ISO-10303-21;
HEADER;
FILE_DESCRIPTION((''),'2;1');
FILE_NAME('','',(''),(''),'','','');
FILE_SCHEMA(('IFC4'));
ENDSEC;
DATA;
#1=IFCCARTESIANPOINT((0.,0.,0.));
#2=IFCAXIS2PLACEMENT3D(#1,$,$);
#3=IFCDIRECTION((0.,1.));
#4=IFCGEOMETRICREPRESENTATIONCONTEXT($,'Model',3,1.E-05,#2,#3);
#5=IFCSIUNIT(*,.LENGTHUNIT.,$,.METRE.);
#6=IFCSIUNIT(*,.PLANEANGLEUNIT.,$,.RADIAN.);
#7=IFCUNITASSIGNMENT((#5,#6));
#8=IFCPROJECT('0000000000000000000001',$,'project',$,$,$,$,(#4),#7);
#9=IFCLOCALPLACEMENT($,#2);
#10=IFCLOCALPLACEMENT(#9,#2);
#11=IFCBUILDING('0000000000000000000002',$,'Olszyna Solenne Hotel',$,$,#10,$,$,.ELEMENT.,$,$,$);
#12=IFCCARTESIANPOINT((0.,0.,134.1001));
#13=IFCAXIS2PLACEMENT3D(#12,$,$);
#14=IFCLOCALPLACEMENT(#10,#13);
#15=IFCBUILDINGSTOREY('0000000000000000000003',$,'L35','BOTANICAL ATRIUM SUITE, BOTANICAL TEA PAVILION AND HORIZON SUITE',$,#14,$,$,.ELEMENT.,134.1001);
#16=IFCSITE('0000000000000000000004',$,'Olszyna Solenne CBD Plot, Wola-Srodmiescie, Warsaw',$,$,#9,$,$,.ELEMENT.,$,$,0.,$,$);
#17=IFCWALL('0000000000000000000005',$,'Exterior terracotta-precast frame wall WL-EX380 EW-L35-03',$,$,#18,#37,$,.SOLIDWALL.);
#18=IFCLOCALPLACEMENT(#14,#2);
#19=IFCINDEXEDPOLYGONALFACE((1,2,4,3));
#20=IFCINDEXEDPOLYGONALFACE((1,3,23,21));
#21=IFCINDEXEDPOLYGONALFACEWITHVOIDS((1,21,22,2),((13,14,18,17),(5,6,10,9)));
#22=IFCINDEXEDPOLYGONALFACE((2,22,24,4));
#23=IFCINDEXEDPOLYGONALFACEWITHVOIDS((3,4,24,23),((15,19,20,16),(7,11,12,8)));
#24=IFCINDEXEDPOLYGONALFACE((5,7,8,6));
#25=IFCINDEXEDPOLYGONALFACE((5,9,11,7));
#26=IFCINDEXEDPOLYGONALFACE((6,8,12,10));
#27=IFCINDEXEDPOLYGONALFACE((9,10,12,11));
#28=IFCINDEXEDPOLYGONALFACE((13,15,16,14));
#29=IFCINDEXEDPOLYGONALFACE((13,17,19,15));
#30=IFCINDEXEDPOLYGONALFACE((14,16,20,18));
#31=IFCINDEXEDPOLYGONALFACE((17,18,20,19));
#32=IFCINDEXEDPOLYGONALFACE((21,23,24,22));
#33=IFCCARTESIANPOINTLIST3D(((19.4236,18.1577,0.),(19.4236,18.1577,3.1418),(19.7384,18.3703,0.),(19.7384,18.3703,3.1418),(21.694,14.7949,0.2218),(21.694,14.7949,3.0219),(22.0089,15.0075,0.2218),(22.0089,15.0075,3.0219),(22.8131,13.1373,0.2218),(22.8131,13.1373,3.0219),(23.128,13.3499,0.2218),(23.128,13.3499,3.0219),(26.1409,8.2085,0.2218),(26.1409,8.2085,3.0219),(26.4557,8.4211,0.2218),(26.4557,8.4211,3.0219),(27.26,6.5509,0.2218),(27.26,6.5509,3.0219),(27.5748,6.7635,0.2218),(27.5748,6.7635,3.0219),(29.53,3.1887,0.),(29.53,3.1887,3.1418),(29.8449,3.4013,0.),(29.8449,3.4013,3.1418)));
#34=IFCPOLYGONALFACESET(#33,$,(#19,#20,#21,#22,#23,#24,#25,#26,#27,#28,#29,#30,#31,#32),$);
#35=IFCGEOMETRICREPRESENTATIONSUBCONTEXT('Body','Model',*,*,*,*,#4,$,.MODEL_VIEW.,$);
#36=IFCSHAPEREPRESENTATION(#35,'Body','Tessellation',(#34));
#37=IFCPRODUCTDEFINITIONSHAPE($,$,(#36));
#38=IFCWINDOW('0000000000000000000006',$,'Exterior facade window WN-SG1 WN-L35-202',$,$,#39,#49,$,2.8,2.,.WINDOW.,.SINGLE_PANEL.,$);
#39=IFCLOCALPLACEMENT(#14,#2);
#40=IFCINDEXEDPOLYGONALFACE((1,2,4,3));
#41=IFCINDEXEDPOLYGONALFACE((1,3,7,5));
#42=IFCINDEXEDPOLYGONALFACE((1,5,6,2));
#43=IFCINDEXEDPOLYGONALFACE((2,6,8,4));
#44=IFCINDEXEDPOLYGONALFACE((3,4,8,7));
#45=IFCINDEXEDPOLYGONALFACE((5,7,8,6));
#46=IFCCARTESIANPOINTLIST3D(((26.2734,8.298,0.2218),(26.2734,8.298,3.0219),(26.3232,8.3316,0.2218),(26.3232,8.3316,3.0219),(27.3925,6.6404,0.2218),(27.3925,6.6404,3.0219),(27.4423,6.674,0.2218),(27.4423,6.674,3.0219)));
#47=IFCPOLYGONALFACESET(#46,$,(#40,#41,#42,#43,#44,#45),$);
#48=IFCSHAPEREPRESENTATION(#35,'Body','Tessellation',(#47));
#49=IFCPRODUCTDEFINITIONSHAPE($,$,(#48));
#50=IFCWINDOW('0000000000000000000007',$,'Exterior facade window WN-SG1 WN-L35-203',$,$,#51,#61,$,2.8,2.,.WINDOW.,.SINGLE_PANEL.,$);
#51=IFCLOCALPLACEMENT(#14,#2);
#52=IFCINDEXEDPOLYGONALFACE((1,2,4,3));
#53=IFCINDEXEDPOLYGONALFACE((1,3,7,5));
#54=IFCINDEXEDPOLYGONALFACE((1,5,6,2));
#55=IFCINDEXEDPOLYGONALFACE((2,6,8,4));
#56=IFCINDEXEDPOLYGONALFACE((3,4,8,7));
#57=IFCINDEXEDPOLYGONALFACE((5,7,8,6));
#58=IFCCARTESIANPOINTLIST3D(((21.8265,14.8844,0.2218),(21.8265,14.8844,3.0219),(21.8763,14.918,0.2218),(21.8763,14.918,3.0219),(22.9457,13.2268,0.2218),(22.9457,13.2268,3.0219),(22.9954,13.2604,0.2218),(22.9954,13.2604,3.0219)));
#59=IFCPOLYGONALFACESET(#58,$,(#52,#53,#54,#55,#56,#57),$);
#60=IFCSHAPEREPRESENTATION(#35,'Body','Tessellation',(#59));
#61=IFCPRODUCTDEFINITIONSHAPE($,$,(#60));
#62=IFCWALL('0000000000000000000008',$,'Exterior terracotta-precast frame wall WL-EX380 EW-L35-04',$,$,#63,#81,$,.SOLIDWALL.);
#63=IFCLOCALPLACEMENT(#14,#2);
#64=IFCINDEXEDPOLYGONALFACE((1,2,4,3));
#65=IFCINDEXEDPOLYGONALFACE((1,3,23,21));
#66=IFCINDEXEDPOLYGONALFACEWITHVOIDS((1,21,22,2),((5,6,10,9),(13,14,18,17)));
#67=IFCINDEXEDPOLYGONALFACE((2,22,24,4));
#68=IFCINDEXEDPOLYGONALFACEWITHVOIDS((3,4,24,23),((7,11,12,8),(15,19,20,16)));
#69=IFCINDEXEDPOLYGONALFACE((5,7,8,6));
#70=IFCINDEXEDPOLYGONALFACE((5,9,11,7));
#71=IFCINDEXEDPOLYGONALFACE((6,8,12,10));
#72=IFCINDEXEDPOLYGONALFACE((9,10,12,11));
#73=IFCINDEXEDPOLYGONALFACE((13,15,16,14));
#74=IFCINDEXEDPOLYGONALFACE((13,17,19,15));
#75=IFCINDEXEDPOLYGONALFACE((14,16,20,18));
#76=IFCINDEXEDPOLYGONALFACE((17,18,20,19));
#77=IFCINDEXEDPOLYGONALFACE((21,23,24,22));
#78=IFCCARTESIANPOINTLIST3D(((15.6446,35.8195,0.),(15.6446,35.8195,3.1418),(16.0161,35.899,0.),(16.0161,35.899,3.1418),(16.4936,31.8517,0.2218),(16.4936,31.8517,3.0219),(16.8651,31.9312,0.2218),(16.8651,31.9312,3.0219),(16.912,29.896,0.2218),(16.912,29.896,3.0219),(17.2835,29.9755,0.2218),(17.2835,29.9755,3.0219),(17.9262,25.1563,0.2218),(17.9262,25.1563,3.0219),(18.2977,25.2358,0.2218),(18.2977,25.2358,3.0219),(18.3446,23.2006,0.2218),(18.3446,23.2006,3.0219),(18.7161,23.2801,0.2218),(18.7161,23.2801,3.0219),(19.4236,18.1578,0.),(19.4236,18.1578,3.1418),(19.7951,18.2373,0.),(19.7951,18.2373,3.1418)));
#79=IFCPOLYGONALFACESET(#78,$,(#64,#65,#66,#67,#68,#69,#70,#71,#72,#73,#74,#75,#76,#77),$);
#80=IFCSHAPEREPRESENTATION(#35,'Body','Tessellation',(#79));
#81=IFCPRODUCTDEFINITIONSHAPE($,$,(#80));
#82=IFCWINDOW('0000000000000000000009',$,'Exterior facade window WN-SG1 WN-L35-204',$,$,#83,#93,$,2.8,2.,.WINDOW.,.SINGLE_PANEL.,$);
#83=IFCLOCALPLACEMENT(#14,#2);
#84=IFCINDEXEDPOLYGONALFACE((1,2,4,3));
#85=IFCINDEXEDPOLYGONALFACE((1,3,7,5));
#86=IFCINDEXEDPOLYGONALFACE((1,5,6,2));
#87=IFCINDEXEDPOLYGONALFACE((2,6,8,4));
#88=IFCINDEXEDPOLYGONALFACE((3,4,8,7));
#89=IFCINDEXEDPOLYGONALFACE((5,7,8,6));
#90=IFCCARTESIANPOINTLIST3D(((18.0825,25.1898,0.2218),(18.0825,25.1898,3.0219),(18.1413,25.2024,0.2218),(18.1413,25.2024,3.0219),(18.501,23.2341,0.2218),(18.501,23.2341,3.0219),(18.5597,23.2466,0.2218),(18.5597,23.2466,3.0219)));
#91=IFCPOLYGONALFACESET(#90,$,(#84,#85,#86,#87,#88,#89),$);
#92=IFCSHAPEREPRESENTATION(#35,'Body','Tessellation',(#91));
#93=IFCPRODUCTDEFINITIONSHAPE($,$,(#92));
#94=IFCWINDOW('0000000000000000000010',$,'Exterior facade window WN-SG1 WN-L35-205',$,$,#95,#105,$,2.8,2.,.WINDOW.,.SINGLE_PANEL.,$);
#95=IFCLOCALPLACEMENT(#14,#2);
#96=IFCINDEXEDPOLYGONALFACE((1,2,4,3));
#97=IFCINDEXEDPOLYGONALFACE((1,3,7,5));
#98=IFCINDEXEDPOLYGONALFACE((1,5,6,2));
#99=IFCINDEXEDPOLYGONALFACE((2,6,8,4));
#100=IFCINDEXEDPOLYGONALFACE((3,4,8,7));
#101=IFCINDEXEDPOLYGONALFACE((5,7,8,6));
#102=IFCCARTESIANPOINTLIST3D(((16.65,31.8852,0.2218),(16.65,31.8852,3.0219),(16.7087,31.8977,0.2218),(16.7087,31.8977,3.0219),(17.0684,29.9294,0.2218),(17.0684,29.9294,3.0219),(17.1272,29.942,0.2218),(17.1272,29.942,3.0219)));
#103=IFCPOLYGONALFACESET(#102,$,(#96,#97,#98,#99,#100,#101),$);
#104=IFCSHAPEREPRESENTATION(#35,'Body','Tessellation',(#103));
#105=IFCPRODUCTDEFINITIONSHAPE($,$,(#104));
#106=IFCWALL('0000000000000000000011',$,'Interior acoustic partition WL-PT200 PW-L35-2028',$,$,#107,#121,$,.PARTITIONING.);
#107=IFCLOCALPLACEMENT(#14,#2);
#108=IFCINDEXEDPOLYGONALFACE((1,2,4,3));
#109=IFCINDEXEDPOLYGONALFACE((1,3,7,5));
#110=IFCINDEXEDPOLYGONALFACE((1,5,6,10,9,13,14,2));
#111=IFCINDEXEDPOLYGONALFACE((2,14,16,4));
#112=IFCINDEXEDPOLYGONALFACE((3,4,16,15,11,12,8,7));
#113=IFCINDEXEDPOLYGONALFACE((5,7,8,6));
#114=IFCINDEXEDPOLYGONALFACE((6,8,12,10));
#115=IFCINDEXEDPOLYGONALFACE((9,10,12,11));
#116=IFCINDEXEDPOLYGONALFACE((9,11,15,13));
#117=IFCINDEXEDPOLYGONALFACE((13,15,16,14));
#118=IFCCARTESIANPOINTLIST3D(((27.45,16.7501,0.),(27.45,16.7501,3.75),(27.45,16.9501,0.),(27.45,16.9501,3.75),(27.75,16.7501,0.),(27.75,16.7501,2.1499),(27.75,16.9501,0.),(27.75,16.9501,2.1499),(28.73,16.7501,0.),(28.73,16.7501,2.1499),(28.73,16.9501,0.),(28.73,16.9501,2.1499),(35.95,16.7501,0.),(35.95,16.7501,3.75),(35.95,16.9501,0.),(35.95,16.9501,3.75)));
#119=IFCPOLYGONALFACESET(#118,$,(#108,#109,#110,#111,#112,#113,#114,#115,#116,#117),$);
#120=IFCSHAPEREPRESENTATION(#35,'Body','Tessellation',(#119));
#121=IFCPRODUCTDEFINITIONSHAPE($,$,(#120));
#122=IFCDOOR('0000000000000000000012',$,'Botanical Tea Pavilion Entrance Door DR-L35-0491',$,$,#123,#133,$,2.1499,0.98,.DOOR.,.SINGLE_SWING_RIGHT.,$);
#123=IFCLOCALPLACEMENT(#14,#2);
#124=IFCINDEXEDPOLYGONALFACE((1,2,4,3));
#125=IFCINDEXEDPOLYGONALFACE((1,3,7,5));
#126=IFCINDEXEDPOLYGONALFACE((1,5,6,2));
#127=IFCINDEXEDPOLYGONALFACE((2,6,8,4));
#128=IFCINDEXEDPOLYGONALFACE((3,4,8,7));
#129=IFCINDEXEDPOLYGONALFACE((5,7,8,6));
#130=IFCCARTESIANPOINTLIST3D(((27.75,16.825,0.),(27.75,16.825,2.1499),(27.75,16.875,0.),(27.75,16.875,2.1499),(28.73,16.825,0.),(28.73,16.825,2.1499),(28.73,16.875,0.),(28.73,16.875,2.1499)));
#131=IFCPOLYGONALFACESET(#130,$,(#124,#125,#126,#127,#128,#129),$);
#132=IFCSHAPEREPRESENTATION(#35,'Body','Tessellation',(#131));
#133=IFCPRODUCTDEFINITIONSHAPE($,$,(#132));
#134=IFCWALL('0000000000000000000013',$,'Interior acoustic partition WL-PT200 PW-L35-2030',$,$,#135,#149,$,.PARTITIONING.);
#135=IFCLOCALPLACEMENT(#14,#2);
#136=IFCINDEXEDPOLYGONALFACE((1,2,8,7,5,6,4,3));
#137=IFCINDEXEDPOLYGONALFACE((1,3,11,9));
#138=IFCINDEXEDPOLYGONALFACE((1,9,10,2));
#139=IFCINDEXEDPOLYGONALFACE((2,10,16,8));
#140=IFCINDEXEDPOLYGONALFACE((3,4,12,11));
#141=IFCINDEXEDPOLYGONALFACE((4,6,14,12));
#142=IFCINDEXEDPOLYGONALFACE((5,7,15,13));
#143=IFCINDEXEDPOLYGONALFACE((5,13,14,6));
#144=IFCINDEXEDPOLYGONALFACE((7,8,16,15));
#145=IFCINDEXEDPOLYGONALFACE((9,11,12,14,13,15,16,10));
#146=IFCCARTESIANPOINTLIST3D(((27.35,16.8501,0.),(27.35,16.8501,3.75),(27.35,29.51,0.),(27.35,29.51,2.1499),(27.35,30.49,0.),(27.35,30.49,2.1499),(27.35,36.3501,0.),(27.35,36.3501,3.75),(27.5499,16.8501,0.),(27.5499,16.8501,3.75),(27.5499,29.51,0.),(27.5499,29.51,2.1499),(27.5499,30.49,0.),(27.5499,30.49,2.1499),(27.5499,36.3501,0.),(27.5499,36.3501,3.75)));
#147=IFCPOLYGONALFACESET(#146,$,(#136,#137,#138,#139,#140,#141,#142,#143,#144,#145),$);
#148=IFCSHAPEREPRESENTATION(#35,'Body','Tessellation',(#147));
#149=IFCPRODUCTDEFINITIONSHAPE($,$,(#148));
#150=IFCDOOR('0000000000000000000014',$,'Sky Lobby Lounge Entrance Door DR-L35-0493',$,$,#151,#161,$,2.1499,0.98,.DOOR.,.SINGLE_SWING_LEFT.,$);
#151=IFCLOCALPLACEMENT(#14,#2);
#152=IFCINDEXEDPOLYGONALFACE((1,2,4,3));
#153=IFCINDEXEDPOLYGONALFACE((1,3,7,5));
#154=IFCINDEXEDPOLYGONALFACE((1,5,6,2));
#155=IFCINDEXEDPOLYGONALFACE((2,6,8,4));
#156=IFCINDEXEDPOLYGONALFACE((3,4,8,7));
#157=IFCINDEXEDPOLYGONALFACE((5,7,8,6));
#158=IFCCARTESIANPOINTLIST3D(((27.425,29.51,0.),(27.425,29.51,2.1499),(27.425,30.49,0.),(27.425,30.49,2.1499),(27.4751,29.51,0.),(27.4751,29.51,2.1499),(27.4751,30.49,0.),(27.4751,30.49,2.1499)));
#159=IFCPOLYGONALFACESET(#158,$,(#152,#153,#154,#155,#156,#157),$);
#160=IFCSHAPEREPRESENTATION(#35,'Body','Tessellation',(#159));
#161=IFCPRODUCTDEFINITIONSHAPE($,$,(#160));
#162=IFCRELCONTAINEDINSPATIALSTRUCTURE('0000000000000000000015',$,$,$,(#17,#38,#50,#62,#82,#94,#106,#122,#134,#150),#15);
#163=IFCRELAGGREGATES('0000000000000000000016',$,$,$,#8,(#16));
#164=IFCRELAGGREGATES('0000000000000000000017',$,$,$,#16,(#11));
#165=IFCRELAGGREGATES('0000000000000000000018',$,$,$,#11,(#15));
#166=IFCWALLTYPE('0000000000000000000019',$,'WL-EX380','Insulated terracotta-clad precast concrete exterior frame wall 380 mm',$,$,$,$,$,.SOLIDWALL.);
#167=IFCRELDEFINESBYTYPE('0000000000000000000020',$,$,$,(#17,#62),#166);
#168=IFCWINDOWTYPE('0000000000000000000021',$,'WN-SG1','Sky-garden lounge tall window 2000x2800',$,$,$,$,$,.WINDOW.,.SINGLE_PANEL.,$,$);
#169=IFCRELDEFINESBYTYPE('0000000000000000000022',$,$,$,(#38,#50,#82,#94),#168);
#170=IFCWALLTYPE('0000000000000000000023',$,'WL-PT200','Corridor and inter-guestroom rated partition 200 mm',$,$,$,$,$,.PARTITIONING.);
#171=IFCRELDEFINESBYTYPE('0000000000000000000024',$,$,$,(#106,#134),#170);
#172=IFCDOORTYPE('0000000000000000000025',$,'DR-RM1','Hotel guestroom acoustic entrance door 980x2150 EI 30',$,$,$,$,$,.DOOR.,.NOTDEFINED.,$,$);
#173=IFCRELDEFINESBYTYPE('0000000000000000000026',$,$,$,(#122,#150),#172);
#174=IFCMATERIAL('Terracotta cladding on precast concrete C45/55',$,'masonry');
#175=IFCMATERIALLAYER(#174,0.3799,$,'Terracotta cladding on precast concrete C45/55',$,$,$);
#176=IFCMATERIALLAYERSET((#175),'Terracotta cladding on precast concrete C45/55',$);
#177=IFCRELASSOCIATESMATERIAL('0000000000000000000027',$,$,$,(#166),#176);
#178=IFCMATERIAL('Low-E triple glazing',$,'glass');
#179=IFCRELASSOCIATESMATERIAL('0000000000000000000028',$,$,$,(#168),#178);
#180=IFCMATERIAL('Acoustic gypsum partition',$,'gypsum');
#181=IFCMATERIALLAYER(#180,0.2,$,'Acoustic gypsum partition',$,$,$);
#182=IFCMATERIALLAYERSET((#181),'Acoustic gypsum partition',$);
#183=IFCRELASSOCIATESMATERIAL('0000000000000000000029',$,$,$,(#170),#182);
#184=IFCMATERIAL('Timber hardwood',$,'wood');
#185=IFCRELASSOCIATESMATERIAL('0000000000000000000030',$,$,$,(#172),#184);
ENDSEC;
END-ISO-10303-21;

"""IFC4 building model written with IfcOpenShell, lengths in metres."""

from ifc_helpers import new_model, si_unit, direction, frame, frame_2d, origin, place, context, subcontext, project, spatial, rectangle, extrude, source, transform, mapped, material, layer, layer_set, type_object, type_shapes, element, fill, save


model = new_model("IFC4")

# Units and contexts
model_context = context("Model", 3, precision=1e-05, world=origin(), true_north=direction((0.0, 1.0)))
body_context = subcontext(model_context, "Body", "Model", "MODEL_VIEW")
ifc_project = project(units=[si_unit("LENGTHUNIT", "METRE"), si_unit("PLANEANGLEUNIT", "RADIAN")], contexts=[model_context])

# Site, building, storey
site_placement = place(None, origin())
site = spatial("IfcSite", under=ifc_project, at=site_placement, Name="Olszyna Solenne CBD Plot, Wola-Srodmiescie, Warsaw", CompositionType="ELEMENT", RefElevation=0.0)
building_placement = place(site_placement, origin())
building = spatial("IfcBuilding", under=site, at=building_placement, Name="Olszyna Solenne Hotel", CompositionType="ELEMENT")
storey_placement = place(building_placement, frame((0.0, 0.0, 134.1001)))
storey = spatial("IfcBuildingStorey", under=building, at=storey_placement, Name="L35", Description="BOTANICAL ATRIUM SUITE, BOTANICAL TEA PAVILION AND HORIZON SUITE", CompositionType="ELEMENT", Elevation=134.1001)

# Shared definitions
ifc_material_1 = material(Name="Timber hardwood", Category="wood")

# Walls, openings, windows
ifc_material_2 = material(Name="Terracotta cladding on precast concrete C45/55", Category="masonry")
ifc_layer_1 = layer(ifc_material_2, 0.3799, Name="Terracotta cladding on precast concrete C45/55")
ifc_layer_set_1 = layer_set([ifc_layer_1], Name="Terracotta cladding on precast concrete C45/55")
wall_type_1 = type_object("IfcWallType", Name="WL-EX380", Description="Insulated terracotta-clad precast concrete exterior frame wall 380 mm", PredefinedType="SOLIDWALL", material=ifc_layer_set_1)
wall_1_placement = place(storey_placement, frame((29.6875, 3.2949, 0.0), z_axis=(0.0, 0.0, 1.0), x_axis=(-0.559563, 0.828788, 0.0)))
wall_1 = element("IfcWall", 1, at=wall_1_placement, inside=storey, type_object=wall_type_1, Name="Exterior terracotta-precast frame wall WL-EX380 EW-L35-03", PredefinedType="SOLIDWALL", context=body_context, shape_type="SweptSolid", body=[
    extrude(rectangle(XDim=18.0613, YDim=0.3799, at=frame_2d((9.0308, 0.0))), origin(), (0.0, 0.0, 1.0), 3.1418),
])
opening_1_placement = place(wall_1_placement, frame((4.0569, 0.0, 0.2219)))
opening_1 = element("IfcOpeningElement", 2, at=opening_1_placement, cuts=wall_1, PredefinedType="OPENING", context=body_context, shape_type="SweptSolid", body=[
    extrude(rectangle(XDim=2.0, YDim=2.8, at=frame_2d((1.0, 1.3999))), frame((0.0, 0.2, 0.0), z_axis=(0.0, -1.0, 0.0), x_axis=(1.0, 0.0, 0.0)), (0.0, 0.0, 1.0), 0.3999),
])
opening_2_placement = place(wall_1_placement, frame((12.0039, 0.0, 0.2219)))
opening_2 = element("IfcOpeningElement", 3, at=opening_2_placement, cuts=wall_1, PredefinedType="OPENING", context=body_context, shape_type="SweptSolid", body=[
    extrude(rectangle(XDim=2.0, YDim=2.8, at=frame_2d((1.0, 1.3999))), frame((0.0, 0.2, 0.0), z_axis=(0.0, -1.0, 0.0), x_axis=(1.0, 0.0, 0.0)), (0.0, 0.0, 1.0), 0.3999),
])
ifc_material_3 = material(Name="Low-E triple glazing", Category="glass")
window_type = type_object("IfcWindowType", Name="WN-SG1", Description="Sky-garden lounge tall window 2000x2800", PartitioningType="SINGLE_PANEL", PredefinedType="WINDOW", material=ifc_material_3)
shared_shape_1 = source(origin(), body_context, "Body", "SweptSolid", [
    extrude(rectangle(XDim=2.0, YDim=2.8, at=frame_2d((1.0, 1.3999))), frame((0.0, 0.03, 0.0), z_axis=(0.0, -1.0, 0.0), x_axis=(1.0, 0.0, 0.0)), (0.0, 0.0, 1.0), 0.0601),
])
type_shapes(window_type, [shared_shape_1])
window_1_placement = place(opening_1_placement, origin())
window_1 = element("IfcWindow", 4, at=window_1_placement, inside=storey, type_object=window_type, Name="Exterior facade window WN-SG1 WN-L35-202", OverallHeight=2.8, OverallWidth=2.0, PartitioningType="SINGLE_PANEL", PredefinedType="WINDOW", context=body_context, shape_type="MappedRepresentation", body=[
    mapped(shared_shape_1, transform((0.0, 0.0, 0.0), x_axis=(1.0, 0.0, 0.0), y_axis=(0.0, 1.0, 0.0), z_axis=(0.0, 0.0, 1.0), scale=1.0)),
])
fill(opening_1, window_1)
window_2_placement = place(opening_2_placement, origin())
window_2 = element("IfcWindow", 5, at=window_2_placement, inside=storey, type_object=window_type, Name="Exterior facade window WN-SG1 WN-L35-203", OverallHeight=2.8, OverallWidth=2.0, PartitioningType="SINGLE_PANEL", PredefinedType="WINDOW", context=body_context, shape_type="MappedRepresentation", body=[
    mapped(shared_shape_1, transform((0.0, 0.0, 0.0), x_axis=(1.0, 0.0, 0.0), y_axis=(0.0, 1.0, 0.0), z_axis=(0.0, 0.0, 1.0), scale=1.0)),
])
fill(opening_2, window_2)
wall_2_placement = place(storey_placement, frame((19.6094, 18.1975, 0.0), z_axis=(0.0, 0.0, 1.0), x_axis=(-0.209231, 0.977866, 0.0)))
wall_2 = element("IfcWall", 6, at=wall_2_placement, inside=storey, type_object=wall_type_1, Name="Exterior terracotta-precast frame wall WL-EX380 EW-L35-04", PredefinedType="SOLIDWALL", context=body_context, shape_type="SweptSolid", body=[
    extrude(rectangle(XDim=18.0615, YDim=0.3799, at=frame_2d((9.0308, 0.0))), origin(), (0.0, 0.0, 1.0), 3.1418),
])
opening_3_placement = place(wall_2_placement, frame((5.157, 0.0, 0.2219)))
opening_3 = element("IfcOpeningElement", 7, at=opening_3_placement, cuts=wall_2, PredefinedType="OPENING", context=body_context, shape_type="SweptSolid", body=[
    extrude(rectangle(XDim=2.0, YDim=2.8, at=frame_2d((1.0, 1.3999))), frame((0.0, 0.2, 0.0), z_axis=(0.0, -1.0, 0.0), x_axis=(1.0, 0.0, 0.0)), (0.0, 0.0, 1.0), 0.3999),
])
opening_4_placement = place(wall_2_placement, frame((12.0039, 0.0, 0.2219)))
opening_4 = element("IfcOpeningElement", 8, at=opening_4_placement, cuts=wall_2, PredefinedType="OPENING", context=body_context, shape_type="SweptSolid", body=[
    extrude(rectangle(XDim=2.0, YDim=2.8, at=frame_2d((1.0, 1.3999))), frame((0.0, 0.2, 0.0), z_axis=(0.0, -1.0, 0.0), x_axis=(1.0, 0.0, 0.0)), (0.0, 0.0, 1.0), 0.3999),
])
window_3_placement = place(opening_3_placement, origin())
window_3 = element("IfcWindow", 9, at=window_3_placement, inside=storey, type_object=window_type, Name="Exterior facade window WN-SG1 WN-L35-204", OverallHeight=2.8, OverallWidth=2.0, PartitioningType="SINGLE_PANEL", PredefinedType="WINDOW", context=body_context, shape_type="MappedRepresentation", body=[
    mapped(shared_shape_1, transform((0.0, 0.0, 0.0), x_axis=(1.0, 0.0, 0.0), y_axis=(0.0, 1.0, 0.0), z_axis=(0.0, 0.0, 1.0), scale=1.0)),
])
fill(opening_3, window_3)
window_4_placement = place(opening_4_placement, origin())
window_4 = element("IfcWindow", 10, at=window_4_placement, inside=storey, type_object=window_type, Name="Exterior facade window WN-SG1 WN-L35-205", OverallHeight=2.8, OverallWidth=2.0, PartitioningType="SINGLE_PANEL", PredefinedType="WINDOW", context=body_context, shape_type="MappedRepresentation", body=[
    mapped(shared_shape_1, transform((0.0, 0.0, 0.0), x_axis=(1.0, 0.0, 0.0), y_axis=(0.0, 1.0, 0.0), z_axis=(0.0, 0.0, 1.0), scale=1.0)),
])
fill(opening_4, window_4)

# Walls, openings, doors
ifc_material_4 = material(Name="Acoustic gypsum partition", Category="gypsum")
ifc_layer_2 = layer(ifc_material_4, 0.2, Name="Acoustic gypsum partition")
ifc_layer_set_2 = layer_set([ifc_layer_2], Name="Acoustic gypsum partition")
wall_type_2 = type_object("IfcWallType", Name="WL-PT200", Description="Corridor and inter-guestroom rated partition 200 mm", PredefinedType="PARTITIONING", material=ifc_layer_set_2)
wall_3_placement = place(storey_placement, frame((27.45, 16.8501, 0.0), z_axis=(0.0, 0.0, 1.0), x_axis=(1.0, 0.0, 0.0)))
wall_3 = element("IfcWall", 11, at=wall_3_placement, inside=storey, type_object=wall_type_2, Name="Interior acoustic partition WL-PT200 PW-L35-2028", PredefinedType="PARTITIONING", context=body_context, shape_type="SweptSolid", body=[
    extrude(rectangle(XDim=8.5, YDim=0.2, at=frame_2d((4.25, 0.0))), origin(), (0.0, 0.0, 1.0), 3.75),
])
opening_5_placement = place(wall_3_placement, frame((0.3, 0.0, 0.0)))
opening_5 = element("IfcOpeningElement", 12, at=opening_5_placement, cuts=wall_3, PredefinedType="OPENING", context=body_context, shape_type="SweptSolid", body=[
    extrude(rectangle(XDim=0.98, YDim=2.1499, at=frame_2d((0.49, 1.075))), frame((0.0, 0.1099, 0.0), z_axis=(0.0, -1.0, 0.0), x_axis=(1.0, 0.0, 0.0)), (0.0, 0.0, 1.0), 0.22),
])
door_type_1 = type_object("IfcDoorType", Name="DR-RM1", Description="Hotel guestroom acoustic entrance door 980x2150 EI 30", OperationType="NOTDEFINED", PredefinedType="DOOR", material=ifc_material_1)
shared_shape_2 = source(origin(), body_context, "Body", "SweptSolid", [
    extrude(rectangle(XDim=0.98, YDim=2.1499, at=frame_2d((0.49, 1.075))), frame((0.0, 0.0249, 0.0), z_axis=(0.0, -1.0, 0.0), x_axis=(1.0, 0.0, 0.0)), (0.0, 0.0, 1.0), 0.05),
])
type_shapes(door_type_1, [shared_shape_2])
door_1_placement = place(opening_5_placement, origin())
door_1 = element("IfcDoor", 13, at=door_1_placement, inside=storey, type_object=door_type_1, Name="Botanical Tea Pavilion Entrance Door DR-L35-0491", OperationType="SINGLE_SWING_RIGHT", OverallHeight=2.1499, OverallWidth=0.98, PredefinedType="DOOR", context=body_context, shape_type="MappedRepresentation", body=[
    mapped(shared_shape_2, transform((0.0, 0.0, 0.0), x_axis=(1.0, 0.0, 0.0), y_axis=(0.0, 1.0, 0.0), z_axis=(0.0, 0.0, 1.0), scale=1.0)),
])
fill(opening_5, door_1)
wall_4_placement = place(storey_placement, frame((27.45, 16.8501, 0.0), z_axis=(0.0, 0.0, 1.0), x_axis=(0.0, 1.0, 0.0)))
wall_4 = element("IfcWall", 14, at=wall_4_placement, inside=storey, type_object=wall_type_2, Name="Interior acoustic partition WL-PT200 PW-L35-2030", PredefinedType="PARTITIONING", context=body_context, shape_type="SweptSolid", body=[
    extrude(rectangle(XDim=19.5, YDim=0.2, at=frame_2d((9.75, 0.0))), origin(), (0.0, 0.0, 1.0), 3.75),
])
opening_6_placement = place(wall_4_placement, frame((12.6599, 0.0, 0.0)))
opening_6 = element("IfcOpeningElement", 15, at=opening_6_placement, cuts=wall_4, PredefinedType="OPENING", context=body_context, shape_type="SweptSolid", body=[
    extrude(rectangle(XDim=0.98, YDim=2.1499, at=frame_2d((0.49, 1.075))), frame((0.0, 0.1099, 0.0), z_axis=(0.0, -1.0, 0.0), x_axis=(1.0, 0.0, 0.0)), (0.0, 0.0, 1.0), 0.22),
])
door_2_placement = place(opening_6_placement, origin())
door_2 = element("IfcDoor", 16, at=door_2_placement, inside=storey, type_object=door_type_1, Name="Sky Lobby Lounge Entrance Door DR-L35-0493", OperationType="SINGLE_SWING_LEFT", OverallHeight=2.1499, OverallWidth=0.98, PredefinedType="DOOR", context=body_context, shape_type="MappedRepresentation", body=[
    mapped(shared_shape_2, transform((0.0, 0.0, 0.0), x_axis=(1.0, 0.0, 0.0), y_axis=(0.0, 1.0, 0.0), z_axis=(0.0, 0.0, 1.0), scale=1.0)),
])
fill(opening_6, door_2)

save(model, "model.ifc")
